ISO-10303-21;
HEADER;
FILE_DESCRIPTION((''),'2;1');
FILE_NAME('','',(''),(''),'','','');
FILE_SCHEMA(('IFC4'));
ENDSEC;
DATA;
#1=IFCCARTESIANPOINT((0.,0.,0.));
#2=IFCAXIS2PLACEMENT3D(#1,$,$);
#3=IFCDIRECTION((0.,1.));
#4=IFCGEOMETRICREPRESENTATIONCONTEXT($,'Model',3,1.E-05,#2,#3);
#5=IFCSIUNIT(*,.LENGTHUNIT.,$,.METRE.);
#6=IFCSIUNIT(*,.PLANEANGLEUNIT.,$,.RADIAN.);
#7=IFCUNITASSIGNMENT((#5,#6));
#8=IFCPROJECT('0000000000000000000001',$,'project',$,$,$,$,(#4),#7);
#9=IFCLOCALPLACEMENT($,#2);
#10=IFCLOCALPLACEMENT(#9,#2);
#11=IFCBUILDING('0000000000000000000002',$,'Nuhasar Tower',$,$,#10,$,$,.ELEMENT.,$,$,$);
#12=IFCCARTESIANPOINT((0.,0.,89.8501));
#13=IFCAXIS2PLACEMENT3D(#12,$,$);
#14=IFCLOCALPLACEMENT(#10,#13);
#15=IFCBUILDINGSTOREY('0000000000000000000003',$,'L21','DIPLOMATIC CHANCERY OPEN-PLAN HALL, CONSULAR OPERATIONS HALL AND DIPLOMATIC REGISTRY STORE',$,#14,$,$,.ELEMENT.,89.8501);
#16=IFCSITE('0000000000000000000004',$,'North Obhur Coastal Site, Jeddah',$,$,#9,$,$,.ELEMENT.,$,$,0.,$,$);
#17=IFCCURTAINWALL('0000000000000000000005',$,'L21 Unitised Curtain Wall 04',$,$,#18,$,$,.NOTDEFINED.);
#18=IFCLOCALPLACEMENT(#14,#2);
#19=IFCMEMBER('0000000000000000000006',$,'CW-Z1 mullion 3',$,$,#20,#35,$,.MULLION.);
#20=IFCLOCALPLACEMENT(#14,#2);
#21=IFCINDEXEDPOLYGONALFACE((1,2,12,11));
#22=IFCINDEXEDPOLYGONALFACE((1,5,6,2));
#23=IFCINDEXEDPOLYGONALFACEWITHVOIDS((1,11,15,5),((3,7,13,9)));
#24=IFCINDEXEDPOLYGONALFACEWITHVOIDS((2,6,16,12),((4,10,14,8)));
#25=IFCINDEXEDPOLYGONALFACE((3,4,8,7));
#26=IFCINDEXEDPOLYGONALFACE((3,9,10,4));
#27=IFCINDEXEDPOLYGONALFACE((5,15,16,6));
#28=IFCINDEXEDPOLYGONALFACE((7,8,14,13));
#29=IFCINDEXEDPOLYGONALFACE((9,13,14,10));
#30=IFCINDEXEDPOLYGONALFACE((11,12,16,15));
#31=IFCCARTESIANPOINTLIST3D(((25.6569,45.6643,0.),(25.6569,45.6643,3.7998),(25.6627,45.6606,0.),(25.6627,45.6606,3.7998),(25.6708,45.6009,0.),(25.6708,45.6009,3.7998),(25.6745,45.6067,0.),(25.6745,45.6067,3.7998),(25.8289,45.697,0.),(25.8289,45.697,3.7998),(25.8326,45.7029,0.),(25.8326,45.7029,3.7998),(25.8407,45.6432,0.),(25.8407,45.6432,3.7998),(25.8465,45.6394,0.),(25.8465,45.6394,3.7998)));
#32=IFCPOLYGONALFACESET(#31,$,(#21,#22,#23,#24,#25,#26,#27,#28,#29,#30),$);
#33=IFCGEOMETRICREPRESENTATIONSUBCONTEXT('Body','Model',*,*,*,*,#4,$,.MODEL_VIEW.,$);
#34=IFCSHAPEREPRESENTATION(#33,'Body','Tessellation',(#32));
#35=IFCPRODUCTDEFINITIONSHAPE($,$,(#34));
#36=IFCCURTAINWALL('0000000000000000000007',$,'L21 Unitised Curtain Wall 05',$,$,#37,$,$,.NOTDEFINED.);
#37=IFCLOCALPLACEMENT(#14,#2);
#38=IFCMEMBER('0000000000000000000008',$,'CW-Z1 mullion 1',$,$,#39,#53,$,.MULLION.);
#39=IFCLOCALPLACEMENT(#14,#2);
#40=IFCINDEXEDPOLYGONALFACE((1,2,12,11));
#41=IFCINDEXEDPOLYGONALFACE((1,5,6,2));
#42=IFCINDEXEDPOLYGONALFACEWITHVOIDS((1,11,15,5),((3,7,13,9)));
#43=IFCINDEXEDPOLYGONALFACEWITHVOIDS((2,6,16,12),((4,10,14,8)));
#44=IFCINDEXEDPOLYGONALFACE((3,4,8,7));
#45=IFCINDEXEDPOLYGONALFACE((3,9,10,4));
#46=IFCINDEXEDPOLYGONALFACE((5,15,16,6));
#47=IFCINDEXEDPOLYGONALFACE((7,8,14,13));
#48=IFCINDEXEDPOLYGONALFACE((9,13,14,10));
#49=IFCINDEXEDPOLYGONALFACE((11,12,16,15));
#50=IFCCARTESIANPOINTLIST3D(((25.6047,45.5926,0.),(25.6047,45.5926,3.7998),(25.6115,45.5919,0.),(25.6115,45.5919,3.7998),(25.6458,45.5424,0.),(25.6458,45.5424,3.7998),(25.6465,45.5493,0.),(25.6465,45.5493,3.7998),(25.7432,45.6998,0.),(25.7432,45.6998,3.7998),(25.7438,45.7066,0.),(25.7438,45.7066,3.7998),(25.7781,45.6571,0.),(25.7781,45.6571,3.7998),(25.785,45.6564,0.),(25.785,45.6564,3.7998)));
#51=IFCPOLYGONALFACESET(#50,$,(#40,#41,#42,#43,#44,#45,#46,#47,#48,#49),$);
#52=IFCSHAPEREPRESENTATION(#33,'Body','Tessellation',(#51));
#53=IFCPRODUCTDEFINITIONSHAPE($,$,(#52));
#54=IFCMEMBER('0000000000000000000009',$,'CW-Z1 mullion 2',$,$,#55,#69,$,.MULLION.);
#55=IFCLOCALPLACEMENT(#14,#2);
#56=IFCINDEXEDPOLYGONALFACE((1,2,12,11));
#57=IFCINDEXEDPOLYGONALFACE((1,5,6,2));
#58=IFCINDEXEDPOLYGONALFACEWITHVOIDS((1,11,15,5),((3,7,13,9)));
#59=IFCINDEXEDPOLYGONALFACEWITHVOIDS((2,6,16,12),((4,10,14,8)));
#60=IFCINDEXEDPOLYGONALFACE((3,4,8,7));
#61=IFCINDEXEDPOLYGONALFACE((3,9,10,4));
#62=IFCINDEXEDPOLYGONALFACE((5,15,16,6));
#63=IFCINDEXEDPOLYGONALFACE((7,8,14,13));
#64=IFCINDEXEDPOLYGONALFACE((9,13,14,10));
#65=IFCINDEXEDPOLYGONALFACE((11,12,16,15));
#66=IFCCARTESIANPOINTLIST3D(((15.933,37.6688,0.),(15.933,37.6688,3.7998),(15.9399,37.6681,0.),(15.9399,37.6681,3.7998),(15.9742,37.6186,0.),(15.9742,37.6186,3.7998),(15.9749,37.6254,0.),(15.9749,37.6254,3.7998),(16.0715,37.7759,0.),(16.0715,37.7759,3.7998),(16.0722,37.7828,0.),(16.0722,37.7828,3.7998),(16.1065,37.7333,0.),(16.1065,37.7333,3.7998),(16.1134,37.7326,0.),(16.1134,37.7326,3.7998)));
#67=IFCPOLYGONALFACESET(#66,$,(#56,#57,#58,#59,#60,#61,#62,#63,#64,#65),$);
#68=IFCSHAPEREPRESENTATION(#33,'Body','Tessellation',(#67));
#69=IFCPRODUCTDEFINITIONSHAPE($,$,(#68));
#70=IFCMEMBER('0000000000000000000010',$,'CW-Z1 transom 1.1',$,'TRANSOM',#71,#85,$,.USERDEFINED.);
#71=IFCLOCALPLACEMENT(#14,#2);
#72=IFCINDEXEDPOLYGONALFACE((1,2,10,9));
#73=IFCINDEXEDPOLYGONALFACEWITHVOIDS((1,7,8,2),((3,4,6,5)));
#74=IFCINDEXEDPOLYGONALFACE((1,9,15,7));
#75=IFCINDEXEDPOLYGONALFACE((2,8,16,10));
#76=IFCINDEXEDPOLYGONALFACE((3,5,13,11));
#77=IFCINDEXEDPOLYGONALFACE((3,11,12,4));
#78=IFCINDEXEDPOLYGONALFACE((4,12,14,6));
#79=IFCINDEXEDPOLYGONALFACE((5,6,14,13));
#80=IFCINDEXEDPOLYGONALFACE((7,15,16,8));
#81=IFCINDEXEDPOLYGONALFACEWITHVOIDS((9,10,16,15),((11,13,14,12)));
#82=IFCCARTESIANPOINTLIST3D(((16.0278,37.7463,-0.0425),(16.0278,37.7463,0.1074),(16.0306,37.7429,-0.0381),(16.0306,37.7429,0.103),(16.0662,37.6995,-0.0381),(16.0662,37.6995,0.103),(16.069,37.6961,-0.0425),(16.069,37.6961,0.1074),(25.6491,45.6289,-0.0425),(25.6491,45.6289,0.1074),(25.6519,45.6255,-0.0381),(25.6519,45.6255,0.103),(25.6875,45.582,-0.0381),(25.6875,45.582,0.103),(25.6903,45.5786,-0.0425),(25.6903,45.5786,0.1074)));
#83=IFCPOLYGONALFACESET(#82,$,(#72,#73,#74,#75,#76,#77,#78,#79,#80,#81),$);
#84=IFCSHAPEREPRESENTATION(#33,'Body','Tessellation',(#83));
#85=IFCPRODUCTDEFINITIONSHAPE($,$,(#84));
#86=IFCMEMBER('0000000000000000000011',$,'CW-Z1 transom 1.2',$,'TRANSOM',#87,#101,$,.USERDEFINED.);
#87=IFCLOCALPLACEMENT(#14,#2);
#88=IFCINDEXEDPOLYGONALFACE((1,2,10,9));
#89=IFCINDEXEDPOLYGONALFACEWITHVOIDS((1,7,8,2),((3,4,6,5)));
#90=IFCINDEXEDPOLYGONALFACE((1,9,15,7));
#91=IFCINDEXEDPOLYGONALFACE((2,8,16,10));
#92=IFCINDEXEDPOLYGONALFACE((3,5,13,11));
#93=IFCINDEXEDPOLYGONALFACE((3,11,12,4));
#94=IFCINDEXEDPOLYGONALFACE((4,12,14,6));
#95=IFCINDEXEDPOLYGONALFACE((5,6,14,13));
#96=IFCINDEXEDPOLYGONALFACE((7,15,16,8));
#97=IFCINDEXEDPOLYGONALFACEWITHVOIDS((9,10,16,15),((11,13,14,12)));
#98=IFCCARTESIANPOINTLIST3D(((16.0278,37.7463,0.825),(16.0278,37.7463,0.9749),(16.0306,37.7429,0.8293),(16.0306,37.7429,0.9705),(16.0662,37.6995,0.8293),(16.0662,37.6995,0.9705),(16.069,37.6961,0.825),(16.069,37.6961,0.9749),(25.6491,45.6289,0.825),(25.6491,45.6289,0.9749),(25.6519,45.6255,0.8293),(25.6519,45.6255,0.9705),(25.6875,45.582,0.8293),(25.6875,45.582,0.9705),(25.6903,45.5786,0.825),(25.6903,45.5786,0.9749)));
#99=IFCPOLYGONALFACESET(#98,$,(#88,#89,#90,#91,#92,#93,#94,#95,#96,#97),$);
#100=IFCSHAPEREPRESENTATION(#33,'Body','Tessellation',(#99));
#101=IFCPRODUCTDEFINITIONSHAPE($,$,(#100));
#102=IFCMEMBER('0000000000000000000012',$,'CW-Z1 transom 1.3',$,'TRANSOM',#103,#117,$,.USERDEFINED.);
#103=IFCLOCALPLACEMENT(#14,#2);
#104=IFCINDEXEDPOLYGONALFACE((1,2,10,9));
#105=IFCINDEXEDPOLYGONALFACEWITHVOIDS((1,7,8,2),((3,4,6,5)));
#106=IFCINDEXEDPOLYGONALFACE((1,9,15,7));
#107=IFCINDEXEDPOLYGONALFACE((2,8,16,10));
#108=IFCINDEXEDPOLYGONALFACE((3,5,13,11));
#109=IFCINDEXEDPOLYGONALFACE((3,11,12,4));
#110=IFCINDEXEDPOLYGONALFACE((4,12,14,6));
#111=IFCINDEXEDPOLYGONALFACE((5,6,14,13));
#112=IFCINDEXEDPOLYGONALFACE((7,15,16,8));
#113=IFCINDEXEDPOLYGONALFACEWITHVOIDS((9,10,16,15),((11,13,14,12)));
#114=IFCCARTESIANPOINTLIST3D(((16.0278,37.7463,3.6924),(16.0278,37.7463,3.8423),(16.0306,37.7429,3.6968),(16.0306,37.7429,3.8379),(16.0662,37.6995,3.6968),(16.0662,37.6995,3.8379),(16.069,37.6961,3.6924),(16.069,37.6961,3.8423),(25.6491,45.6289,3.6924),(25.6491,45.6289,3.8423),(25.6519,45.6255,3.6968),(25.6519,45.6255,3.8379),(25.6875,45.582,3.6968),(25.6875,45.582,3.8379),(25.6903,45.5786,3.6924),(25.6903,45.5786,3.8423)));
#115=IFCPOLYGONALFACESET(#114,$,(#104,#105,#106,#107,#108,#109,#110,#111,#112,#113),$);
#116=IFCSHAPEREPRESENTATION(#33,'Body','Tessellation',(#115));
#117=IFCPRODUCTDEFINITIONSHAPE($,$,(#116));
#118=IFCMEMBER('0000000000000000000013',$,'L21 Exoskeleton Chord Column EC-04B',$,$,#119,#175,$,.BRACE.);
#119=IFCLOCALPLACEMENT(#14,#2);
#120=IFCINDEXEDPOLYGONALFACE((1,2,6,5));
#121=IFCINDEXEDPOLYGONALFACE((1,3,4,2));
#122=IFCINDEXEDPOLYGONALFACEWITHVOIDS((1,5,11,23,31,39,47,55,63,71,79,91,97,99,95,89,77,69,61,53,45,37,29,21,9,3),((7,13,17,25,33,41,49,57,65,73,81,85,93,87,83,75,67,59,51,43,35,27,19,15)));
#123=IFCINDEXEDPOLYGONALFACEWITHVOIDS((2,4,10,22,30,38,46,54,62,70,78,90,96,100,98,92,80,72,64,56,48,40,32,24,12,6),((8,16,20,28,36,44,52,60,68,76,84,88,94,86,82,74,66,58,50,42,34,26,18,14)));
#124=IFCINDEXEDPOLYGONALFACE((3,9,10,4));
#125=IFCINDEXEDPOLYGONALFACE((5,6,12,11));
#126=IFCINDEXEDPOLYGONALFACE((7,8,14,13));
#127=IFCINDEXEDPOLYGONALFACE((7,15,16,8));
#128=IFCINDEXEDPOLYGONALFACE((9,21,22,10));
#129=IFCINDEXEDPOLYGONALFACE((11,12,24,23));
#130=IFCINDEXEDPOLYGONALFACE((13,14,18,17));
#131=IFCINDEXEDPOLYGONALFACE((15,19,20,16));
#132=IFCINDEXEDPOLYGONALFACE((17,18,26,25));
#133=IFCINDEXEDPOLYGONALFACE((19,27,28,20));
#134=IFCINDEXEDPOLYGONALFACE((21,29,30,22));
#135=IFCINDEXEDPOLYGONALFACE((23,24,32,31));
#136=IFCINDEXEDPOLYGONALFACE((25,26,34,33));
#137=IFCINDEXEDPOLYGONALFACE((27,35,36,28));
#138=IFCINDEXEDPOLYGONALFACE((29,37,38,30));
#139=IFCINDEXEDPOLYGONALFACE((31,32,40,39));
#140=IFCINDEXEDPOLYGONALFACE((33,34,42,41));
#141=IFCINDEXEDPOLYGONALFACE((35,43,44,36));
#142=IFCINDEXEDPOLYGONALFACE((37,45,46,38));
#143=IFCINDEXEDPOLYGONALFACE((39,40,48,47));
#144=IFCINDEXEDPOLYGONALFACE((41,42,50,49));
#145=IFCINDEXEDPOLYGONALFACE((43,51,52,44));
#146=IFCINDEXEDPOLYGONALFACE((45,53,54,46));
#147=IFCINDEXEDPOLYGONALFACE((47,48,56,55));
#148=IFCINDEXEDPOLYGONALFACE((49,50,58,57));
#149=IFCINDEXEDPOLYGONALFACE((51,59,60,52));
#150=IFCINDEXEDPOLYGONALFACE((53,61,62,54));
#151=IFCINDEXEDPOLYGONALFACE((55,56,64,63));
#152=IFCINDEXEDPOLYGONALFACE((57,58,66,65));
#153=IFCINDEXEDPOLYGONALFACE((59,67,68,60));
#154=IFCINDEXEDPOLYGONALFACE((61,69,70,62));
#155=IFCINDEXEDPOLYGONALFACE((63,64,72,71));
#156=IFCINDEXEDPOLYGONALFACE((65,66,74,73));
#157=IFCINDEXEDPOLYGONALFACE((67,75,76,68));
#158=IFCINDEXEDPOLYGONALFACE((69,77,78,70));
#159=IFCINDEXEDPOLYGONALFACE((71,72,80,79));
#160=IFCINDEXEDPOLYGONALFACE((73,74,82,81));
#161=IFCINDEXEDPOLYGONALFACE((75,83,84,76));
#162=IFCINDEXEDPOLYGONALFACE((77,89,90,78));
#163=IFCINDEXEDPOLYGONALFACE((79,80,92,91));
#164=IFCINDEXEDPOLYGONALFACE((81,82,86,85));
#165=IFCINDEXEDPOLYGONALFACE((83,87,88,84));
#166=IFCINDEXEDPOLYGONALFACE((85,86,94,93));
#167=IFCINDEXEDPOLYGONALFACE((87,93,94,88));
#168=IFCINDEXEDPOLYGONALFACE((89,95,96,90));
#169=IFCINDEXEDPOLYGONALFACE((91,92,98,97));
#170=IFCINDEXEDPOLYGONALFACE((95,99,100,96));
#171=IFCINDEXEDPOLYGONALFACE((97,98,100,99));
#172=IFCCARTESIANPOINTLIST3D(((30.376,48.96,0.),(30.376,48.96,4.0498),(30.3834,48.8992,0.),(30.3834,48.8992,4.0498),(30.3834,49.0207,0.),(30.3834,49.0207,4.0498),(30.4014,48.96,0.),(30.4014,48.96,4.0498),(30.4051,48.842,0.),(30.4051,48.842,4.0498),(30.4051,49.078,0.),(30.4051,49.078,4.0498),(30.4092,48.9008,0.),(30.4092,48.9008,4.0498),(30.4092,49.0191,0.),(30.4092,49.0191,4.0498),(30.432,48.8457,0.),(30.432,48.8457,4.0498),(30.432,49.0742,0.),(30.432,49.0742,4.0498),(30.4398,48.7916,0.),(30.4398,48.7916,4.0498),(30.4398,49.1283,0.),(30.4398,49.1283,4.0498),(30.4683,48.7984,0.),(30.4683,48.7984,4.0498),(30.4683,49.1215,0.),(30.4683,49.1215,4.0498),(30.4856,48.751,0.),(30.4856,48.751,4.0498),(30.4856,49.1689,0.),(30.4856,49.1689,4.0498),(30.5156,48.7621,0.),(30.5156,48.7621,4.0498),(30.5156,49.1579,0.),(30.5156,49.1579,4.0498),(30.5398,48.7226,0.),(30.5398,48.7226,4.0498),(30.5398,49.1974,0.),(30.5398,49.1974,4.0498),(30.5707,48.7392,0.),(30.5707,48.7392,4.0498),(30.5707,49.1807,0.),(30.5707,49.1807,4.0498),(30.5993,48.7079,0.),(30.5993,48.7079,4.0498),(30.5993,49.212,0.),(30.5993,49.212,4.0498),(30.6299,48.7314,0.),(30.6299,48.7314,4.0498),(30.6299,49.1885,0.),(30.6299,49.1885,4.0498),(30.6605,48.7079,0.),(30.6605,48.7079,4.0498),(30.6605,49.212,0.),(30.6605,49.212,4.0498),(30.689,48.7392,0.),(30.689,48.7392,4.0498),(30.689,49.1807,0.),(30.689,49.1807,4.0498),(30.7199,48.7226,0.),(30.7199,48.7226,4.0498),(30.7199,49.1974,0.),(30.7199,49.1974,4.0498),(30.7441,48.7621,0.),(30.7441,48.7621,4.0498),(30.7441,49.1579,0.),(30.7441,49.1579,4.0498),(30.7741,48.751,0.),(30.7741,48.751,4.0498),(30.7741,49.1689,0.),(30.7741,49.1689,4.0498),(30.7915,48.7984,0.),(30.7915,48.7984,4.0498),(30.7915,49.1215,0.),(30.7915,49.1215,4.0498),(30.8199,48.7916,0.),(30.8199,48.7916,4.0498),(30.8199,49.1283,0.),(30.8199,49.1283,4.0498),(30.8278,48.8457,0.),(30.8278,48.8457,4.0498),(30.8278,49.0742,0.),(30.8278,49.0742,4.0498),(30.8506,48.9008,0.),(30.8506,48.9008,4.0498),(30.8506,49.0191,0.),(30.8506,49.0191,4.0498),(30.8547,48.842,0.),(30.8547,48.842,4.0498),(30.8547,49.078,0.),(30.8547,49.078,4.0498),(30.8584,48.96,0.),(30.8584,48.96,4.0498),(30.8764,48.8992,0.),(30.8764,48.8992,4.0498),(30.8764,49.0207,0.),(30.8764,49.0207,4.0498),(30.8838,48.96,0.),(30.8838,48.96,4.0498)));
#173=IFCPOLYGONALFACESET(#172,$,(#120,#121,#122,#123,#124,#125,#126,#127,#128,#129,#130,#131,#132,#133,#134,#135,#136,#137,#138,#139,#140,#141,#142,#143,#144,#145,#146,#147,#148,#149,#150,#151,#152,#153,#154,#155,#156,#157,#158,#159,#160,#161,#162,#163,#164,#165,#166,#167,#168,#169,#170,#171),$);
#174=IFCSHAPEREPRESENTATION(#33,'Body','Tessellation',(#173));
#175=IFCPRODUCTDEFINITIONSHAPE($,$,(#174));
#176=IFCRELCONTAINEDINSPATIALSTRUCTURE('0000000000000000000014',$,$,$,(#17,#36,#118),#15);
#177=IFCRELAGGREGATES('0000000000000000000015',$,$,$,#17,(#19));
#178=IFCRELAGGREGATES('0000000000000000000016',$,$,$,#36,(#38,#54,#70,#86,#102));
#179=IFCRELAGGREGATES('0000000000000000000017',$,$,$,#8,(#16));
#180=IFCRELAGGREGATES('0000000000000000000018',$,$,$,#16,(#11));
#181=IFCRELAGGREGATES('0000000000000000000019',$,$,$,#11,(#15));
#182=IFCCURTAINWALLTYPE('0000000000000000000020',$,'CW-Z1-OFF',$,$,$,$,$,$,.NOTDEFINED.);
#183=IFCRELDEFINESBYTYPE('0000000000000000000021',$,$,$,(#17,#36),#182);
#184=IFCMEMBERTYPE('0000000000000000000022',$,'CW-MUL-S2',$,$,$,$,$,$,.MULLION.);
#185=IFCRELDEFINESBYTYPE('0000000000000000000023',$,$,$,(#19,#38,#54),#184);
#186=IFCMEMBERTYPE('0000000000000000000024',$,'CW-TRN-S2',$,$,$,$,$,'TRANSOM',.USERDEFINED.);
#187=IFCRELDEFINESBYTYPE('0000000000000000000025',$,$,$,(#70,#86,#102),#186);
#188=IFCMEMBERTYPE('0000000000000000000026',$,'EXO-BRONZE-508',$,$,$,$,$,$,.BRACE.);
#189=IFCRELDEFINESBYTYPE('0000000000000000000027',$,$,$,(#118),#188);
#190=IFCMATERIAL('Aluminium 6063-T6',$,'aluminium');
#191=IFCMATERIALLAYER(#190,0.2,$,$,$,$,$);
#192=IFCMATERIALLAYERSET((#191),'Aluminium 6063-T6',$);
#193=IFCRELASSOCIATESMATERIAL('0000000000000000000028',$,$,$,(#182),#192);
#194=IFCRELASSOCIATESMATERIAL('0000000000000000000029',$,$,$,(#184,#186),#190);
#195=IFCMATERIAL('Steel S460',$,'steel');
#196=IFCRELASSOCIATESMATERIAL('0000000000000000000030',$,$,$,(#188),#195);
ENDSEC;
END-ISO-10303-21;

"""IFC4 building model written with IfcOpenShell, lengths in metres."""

from ifc_helpers import new_model, si_unit, direction, frame, origin, origin_2d, place, context, subcontext, project, spatial, hollow_rectangle, hollow_circle, extrude, material, layer, layer_set, material_profile, profile_set, type_object, element, aggregate, save


model = new_model("IFC4")

# Units and contexts
model_context = context("Model", 3, precision=1e-05, world=origin(), true_north=direction((0.0, 1.0)))
body_context = subcontext(model_context, "Body", "Model", "MODEL_VIEW")
ifc_project = project(units=[si_unit("LENGTHUNIT", "METRE"), si_unit("PLANEANGLEUNIT", "RADIAN")], contexts=[model_context])

# Site, building, storey
site_placement = place(None, origin())
site = spatial("IfcSite", under=ifc_project, at=site_placement, Name="North Obhur Coastal Site, Jeddah", CompositionType="ELEMENT", RefElevation=0.0)
building_placement = place(site_placement, origin())
building = spatial("IfcBuilding", under=site, at=building_placement, Name="Nuhasar Tower", CompositionType="ELEMENT")
storey_placement = place(building_placement, frame((0.0, 0.0, 89.8501)))
storey = spatial("IfcBuildingStorey", under=building, at=storey_placement, Name="L21", Description="DIPLOMATIC CHANCERY OPEN-PLAN HALL, CONSULAR OPERATIONS HALL AND DIPLOMATIC REGISTRY STORE", CompositionType="ELEMENT", Elevation=89.8501)

# Curtain wall, member
ifc_material_1 = material(Name="Aluminium 6063-T6", Category="aluminium")
ifc_layer_1 = layer(ifc_material_1, 0.2)
ifc_layer_set_1 = layer_set([ifc_layer_1], Name="Aluminium 6063-T6")
curtain_wall_type = type_object("IfcCurtainWallType", Name="CW-Z1-OFF", PredefinedType="NOTDEFINED", material=ifc_layer_set_1)
curtain_wall_1_placement = place(storey_placement, origin())
curtain_wall_1 = element("IfcCurtainWall", 1, at=curtain_wall_1_placement, inside=storey, type_object=curtain_wall_type, Name="L21 Unitised Curtain Wall 04", PredefinedType="NOTDEFINED")
ifc_material_profile_1 = material_profile(ifc_material_1, hollow_rectangle(XDim=0.0649, YDim=0.1799, WallThickness=0.0049, at=origin_2d()), Name="CWM-2")
ifc_profile_set_1 = profile_set([ifc_material_profile_1], Name="Aluminium 6063-T6")
member_type_1 = type_object("IfcMemberType", Name="CW-MUL-S2", PredefinedType="MULLION", material=ifc_profile_set_1)
member_1_placement = place(storey_placement, frame((25.7517, 45.6519, 0.0), z_axis=(0.0, 0.0, 1.0), x_axis=(0.214399, -0.976746, 0.0)))
member_1 = element("IfcMember", 2, at=member_1_placement, type_object=member_type_1, Name="CW-Z1 mullion 3", PredefinedType="MULLION", context=body_context, shape_type="SweptSolid", body=[
    extrude(hollow_rectangle(XDim=0.0649, YDim=0.1799, WallThickness=0.0049, at=origin_2d()), origin(), (0.0, 0.0, 1.0), 3.7998),
])

# Curtain wall, members
curtain_wall_2_placement = place(storey_placement, origin())
curtain_wall_2 = element("IfcCurtainWall", 3, at=curtain_wall_2_placement, inside=storey, type_object=curtain_wall_type, Name="L21 Unitised Curtain Wall 05", PredefinedType="NOTDEFINED")
member_2_placement = place(storey_placement, frame((25.6948, 45.6245, 0.0), z_axis=(0.0, 0.0, 1.0), x_axis=(0.633745, -0.773542, 0.0)))
member_2 = element("IfcMember", 4, at=member_2_placement, type_object=member_type_1, Name="CW-Z1 mullion 1", PredefinedType="MULLION", context=body_context, shape_type="SweptSolid", body=[
    extrude(hollow_rectangle(XDim=0.0649, YDim=0.1799, WallThickness=0.0049, at=origin_2d()), origin(), (0.0, 0.0, 1.0), 3.7998),
])
member_3_placement = place(storey_placement, frame((16.0232, 37.7007, 0.0), z_axis=(0.0, 0.0, 1.0), x_axis=(0.633745, -0.773542, 0.0)))
member_3 = element("IfcMember", 5, at=member_3_placement, type_object=member_type_1, Name="CW-Z1 mullion 2", PredefinedType="MULLION", context=body_context, shape_type="SweptSolid", body=[
    extrude(hollow_rectangle(XDim=0.0649, YDim=0.1799, WallThickness=0.0049, at=origin_2d()), origin(), (0.0, 0.0, 1.0), 3.7998),
])
ifc_material_profile_2 = material_profile(ifc_material_1, hollow_rectangle(XDim=0.0649, YDim=0.1499, WallThickness=0.0044, at=origin_2d()), Name="CWT-2")
ifc_profile_set_2 = profile_set([ifc_material_profile_2], Name="Aluminium 6063-T6")
member_type_2 = type_object("IfcMemberType", Name="CW-TRN-S2", ElementType="TRANSOM", PredefinedType="USERDEFINED", material=ifc_profile_set_2)
member_4_placement = place(storey_placement, frame((25.6697, 45.6038, 0.0325), z_axis=(-0.773541, -0.633746, 0.0), x_axis=(0.633746, -0.773541, 0.0)))
member_4 = element("IfcMember", 6, at=member_4_placement, type_object=member_type_2, Name="CW-Z1 transom 1.1", ObjectType="TRANSOM", PredefinedType="USERDEFINED", context=body_context, shape_type="SweptSolid", body=[
    extrude(hollow_rectangle(XDim=0.0649, YDim=0.1499, WallThickness=0.0044, at=origin_2d()), origin(), (0.0, 0.0, 1.0), 12.438),
])
member_5_placement = place(storey_placement, frame((25.6697, 45.6038, 0.8999), z_axis=(-0.773541, -0.633746, 0.0), x_axis=(0.633746, -0.773541, 0.0)))
member_5 = element("IfcMember", 7, at=member_5_placement, type_object=member_type_2, Name="CW-Z1 transom 1.2", ObjectType="TRANSOM", PredefinedType="USERDEFINED", context=body_context, shape_type="SweptSolid", body=[
    extrude(hollow_rectangle(XDim=0.0649, YDim=0.1499, WallThickness=0.0044, at=origin_2d()), origin(), (0.0, 0.0, 1.0), 12.438),
])
member_6_placement = place(storey_placement, frame((25.6697, 45.6038, 3.7673), z_axis=(-0.773541, -0.633746, 0.0), x_axis=(0.633746, -0.773541, 0.0)))
member_6 = element("IfcMember", 8, at=member_6_placement, type_object=member_type_2, Name="CW-Z1 transom 1.3", ObjectType="TRANSOM", PredefinedType="USERDEFINED", context=body_context, shape_type="SweptSolid", body=[
    extrude(hollow_rectangle(XDim=0.0649, YDim=0.1499, WallThickness=0.0044, at=origin_2d()), origin(), (0.0, 0.0, 1.0), 12.438),
])

# Member
ifc_material_2 = material(Name="Steel S460", Category="steel")
ifc_material_profile_3 = material_profile(ifc_material_2, hollow_circle(Radius=0.2539, WallThickness=0.0254, at=origin_2d()), Name="HSS508X25.4")
ifc_profile_set_3 = profile_set([ifc_material_profile_3], Name="Steel S460")
member_type_3 = type_object("IfcMemberType", Name="EXO-BRONZE-508", PredefinedType="BRACE", material=ifc_profile_set_3)
for number, where, z_axis, x_axis, name in (
    (9, (30.6299, 48.96, 0.0), (0.0, 0.0, 1.0), (1.0, 0.0, 0.0), "L21 Exoskeleton Chord Column EC-04B"),
):
    element("IfcMember", number, at=place(storey_placement, frame(where, z_axis=z_axis, x_axis=x_axis)), inside=storey, type_object=member_type_3, Name=name, PredefinedType="BRACE", context=body_context, shape_type="SweptSolid", body=[
        extrude(hollow_circle(Radius=0.2539, WallThickness=0.0254, at=origin_2d()), origin(), (0.0, 0.0, 1.0), 4.0498),
    ])

aggregate(curtain_wall_1, [member_1])
aggregate(curtain_wall_2, [member_2, member_3, member_4, member_5, member_6])

save(model, "model.ifc")
